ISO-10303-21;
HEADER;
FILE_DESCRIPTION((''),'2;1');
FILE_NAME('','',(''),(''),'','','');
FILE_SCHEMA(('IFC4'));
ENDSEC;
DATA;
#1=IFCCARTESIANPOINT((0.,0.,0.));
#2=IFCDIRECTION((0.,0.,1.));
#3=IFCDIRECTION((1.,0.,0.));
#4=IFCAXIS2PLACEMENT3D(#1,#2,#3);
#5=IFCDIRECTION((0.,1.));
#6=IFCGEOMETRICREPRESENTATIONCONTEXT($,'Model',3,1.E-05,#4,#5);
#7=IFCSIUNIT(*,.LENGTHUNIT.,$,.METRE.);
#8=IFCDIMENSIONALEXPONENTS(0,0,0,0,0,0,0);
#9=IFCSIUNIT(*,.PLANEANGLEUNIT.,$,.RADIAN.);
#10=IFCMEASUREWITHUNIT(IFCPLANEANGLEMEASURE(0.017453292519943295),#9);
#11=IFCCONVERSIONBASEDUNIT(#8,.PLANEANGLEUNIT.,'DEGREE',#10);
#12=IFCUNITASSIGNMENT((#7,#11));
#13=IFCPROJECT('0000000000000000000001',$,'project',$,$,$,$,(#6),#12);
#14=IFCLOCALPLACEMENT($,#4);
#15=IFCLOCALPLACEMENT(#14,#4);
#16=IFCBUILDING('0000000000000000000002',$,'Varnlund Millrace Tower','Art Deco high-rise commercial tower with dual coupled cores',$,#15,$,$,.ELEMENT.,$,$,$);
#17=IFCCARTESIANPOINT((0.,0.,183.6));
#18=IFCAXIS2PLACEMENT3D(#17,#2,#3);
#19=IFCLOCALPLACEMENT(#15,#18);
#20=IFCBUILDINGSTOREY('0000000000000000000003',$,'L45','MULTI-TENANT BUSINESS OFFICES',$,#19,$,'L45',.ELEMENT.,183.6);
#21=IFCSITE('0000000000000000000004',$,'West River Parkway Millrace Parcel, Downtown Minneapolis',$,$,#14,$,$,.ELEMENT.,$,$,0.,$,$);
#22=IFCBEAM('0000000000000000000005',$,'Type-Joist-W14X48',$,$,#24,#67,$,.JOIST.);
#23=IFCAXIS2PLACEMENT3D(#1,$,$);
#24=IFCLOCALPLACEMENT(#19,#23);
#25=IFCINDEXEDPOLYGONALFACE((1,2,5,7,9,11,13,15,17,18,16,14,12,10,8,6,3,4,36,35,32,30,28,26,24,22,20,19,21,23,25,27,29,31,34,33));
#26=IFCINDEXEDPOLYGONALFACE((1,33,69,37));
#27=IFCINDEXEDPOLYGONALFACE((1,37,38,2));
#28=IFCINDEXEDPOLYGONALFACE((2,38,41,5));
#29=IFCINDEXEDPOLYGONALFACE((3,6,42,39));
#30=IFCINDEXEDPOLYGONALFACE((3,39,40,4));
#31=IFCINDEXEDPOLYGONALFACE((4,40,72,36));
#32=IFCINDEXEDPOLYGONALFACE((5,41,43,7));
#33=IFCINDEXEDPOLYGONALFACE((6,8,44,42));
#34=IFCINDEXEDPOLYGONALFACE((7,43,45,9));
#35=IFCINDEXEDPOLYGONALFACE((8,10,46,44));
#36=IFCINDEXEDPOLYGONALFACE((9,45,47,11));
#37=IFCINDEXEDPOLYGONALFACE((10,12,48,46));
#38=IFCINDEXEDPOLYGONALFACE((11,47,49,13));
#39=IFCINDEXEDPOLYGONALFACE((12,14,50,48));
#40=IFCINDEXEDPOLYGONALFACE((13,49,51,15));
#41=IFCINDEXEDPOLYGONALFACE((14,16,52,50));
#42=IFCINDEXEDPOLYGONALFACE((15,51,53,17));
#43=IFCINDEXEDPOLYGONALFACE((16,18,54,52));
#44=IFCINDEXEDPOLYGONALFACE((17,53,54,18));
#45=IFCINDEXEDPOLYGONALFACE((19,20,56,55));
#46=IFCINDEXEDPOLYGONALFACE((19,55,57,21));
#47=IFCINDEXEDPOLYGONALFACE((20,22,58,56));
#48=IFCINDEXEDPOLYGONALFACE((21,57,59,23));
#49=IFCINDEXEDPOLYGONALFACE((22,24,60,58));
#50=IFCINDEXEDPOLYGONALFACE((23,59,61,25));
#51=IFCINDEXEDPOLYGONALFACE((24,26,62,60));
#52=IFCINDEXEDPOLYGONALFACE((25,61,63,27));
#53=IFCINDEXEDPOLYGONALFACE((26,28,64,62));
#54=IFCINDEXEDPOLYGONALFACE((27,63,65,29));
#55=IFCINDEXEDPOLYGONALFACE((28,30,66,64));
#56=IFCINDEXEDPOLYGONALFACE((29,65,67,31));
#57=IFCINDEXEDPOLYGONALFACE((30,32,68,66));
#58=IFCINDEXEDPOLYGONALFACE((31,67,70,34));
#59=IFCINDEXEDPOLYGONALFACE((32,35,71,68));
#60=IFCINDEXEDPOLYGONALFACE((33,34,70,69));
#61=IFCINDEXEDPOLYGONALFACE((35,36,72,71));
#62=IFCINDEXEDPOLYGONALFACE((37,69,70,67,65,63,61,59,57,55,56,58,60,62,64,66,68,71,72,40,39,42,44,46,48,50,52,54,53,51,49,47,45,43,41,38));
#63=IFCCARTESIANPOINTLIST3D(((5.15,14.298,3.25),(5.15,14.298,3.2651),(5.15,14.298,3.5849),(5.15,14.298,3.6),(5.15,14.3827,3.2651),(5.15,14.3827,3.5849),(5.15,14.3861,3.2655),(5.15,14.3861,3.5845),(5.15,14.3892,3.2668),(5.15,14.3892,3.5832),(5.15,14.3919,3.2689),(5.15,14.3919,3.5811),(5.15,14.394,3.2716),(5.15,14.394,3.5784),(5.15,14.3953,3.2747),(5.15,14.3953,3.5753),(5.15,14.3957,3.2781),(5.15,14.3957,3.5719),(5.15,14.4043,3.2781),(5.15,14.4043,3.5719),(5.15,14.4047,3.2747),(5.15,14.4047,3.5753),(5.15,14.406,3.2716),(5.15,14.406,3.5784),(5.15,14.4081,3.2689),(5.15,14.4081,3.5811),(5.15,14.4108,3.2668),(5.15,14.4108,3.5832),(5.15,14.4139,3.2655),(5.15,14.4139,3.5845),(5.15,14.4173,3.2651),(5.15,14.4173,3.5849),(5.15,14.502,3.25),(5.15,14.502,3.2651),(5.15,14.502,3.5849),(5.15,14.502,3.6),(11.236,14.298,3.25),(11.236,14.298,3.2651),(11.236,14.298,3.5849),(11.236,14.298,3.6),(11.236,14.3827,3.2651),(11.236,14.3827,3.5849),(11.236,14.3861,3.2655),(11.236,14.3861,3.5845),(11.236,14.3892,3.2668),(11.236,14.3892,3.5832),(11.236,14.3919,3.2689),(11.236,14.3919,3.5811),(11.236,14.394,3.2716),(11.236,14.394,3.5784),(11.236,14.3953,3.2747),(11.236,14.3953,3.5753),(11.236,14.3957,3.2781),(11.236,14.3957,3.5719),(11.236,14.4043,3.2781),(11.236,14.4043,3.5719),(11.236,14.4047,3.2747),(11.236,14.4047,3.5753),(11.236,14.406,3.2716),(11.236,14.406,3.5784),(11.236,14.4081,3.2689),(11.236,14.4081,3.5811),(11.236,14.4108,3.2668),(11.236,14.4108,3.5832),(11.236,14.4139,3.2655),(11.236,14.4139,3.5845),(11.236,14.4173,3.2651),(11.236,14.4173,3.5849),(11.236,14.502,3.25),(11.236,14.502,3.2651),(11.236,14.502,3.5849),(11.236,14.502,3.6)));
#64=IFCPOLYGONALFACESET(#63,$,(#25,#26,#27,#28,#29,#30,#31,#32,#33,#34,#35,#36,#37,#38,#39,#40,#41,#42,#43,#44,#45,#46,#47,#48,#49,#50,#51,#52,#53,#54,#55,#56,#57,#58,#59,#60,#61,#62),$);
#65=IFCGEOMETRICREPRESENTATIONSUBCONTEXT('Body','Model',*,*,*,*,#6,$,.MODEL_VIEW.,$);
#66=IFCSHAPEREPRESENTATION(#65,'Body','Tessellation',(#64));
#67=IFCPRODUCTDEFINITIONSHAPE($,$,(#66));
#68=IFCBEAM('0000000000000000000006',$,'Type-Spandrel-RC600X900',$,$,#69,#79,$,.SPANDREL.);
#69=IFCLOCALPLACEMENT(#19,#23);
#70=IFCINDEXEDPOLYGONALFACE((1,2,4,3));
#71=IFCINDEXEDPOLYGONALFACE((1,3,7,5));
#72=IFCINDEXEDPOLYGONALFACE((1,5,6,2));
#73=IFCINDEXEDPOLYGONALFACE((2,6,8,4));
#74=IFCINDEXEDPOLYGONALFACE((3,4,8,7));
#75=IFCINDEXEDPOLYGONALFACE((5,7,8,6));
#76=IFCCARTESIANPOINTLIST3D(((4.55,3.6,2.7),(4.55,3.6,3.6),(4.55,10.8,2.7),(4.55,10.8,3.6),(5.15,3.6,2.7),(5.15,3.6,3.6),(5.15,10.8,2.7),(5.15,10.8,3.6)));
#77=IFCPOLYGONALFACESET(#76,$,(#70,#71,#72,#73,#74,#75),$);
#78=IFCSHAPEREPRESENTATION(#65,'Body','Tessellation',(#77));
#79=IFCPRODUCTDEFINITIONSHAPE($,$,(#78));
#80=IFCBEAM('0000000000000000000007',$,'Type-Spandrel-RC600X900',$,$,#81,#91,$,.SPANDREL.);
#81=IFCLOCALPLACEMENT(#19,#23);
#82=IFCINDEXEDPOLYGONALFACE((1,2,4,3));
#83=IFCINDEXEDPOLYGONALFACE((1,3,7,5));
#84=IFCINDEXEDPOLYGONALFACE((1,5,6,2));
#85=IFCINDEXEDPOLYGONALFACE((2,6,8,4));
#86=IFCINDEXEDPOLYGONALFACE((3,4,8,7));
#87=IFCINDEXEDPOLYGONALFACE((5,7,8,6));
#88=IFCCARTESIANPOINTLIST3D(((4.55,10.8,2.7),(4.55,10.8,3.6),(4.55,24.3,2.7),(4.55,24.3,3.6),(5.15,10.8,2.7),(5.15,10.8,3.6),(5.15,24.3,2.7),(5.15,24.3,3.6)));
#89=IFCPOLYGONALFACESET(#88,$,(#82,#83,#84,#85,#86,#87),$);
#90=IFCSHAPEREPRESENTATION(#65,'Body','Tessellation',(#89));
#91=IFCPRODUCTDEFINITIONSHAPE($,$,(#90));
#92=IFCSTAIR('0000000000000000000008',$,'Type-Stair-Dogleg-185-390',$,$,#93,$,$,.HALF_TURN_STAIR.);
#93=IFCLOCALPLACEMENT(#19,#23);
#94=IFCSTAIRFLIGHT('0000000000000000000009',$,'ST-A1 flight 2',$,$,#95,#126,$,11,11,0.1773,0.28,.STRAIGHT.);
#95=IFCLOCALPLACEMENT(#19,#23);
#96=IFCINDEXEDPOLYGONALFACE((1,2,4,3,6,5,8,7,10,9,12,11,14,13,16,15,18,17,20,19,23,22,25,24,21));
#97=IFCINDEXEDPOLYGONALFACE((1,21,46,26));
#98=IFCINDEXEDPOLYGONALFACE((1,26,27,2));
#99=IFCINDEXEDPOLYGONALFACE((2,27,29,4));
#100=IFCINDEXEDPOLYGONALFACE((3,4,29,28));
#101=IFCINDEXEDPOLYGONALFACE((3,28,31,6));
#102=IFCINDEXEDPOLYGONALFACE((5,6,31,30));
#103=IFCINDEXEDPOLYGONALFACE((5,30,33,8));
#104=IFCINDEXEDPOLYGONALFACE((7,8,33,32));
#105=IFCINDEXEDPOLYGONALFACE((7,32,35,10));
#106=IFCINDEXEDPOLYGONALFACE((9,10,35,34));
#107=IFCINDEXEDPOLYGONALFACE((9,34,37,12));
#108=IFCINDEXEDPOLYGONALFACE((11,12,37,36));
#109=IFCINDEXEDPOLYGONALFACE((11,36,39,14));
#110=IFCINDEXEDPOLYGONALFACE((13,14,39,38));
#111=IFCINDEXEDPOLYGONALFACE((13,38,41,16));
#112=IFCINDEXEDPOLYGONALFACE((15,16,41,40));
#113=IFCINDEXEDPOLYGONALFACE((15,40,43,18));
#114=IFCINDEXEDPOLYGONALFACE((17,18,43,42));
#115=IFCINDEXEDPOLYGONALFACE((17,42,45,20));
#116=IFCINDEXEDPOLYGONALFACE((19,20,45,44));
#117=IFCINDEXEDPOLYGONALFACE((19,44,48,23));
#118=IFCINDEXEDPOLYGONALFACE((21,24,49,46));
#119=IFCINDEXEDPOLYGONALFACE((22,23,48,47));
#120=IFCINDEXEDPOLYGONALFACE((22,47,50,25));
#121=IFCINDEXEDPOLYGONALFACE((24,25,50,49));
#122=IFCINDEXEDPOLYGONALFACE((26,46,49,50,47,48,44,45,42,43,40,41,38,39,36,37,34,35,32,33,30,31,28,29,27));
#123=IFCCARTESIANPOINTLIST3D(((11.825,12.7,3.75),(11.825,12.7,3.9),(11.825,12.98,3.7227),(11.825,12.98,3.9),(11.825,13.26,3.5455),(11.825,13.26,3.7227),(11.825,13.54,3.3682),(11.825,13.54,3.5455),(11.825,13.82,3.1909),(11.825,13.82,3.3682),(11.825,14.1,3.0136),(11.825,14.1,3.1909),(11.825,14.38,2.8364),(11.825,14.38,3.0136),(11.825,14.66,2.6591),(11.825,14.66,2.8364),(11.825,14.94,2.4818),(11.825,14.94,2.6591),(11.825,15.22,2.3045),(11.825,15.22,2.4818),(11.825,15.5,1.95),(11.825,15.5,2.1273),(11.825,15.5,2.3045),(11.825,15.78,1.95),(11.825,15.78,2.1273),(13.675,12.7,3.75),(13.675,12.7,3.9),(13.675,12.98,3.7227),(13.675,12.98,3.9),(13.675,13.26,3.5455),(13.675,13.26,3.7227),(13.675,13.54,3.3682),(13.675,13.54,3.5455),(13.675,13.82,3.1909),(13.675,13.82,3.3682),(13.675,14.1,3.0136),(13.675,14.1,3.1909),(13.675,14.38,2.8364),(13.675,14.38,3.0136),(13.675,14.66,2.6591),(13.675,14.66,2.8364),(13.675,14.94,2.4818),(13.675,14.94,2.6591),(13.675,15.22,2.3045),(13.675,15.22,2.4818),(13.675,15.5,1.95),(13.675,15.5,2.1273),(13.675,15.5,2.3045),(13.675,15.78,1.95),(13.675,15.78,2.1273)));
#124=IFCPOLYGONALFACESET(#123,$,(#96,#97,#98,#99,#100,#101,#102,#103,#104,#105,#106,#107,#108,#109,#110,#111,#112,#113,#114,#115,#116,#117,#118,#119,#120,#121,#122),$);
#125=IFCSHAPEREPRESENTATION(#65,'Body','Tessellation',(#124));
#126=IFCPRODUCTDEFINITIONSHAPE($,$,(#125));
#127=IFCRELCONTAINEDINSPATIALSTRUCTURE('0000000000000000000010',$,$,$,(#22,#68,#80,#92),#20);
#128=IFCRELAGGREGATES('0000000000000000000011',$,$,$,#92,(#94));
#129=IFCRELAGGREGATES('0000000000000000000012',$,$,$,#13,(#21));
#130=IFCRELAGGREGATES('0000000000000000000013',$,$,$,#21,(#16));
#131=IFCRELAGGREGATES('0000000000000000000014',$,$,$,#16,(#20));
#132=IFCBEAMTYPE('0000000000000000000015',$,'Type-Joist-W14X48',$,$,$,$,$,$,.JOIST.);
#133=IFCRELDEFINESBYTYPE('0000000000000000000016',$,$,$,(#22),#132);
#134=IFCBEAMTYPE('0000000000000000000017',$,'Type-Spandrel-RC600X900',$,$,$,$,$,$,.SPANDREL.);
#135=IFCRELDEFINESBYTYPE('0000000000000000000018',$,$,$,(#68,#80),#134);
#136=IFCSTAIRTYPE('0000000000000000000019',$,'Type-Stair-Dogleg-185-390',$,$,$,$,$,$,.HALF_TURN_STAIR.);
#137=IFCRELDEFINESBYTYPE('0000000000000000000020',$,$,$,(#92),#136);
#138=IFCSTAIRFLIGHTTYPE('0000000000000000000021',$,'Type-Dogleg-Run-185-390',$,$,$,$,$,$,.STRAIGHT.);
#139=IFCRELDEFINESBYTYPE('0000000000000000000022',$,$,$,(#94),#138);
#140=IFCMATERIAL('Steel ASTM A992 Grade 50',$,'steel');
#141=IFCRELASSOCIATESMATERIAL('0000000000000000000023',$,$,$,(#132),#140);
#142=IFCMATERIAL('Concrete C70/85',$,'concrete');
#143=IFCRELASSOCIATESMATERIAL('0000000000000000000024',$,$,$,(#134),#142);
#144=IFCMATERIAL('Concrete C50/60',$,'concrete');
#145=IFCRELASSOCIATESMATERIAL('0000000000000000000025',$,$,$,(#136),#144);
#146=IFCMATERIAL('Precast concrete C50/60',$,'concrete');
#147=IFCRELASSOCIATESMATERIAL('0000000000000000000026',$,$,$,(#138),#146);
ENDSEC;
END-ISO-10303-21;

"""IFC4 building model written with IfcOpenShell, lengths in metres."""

from ifc_helpers import new_model, entity, si_unit, converted_unit, direction, frame, origin_with_axes, origin_2d_with_axis, place, context, subcontext, project, spatial, polyline, rectangle, i_section, outline, extrude, material, material_profile, profile_set, type_object, element, aggregate, save


model = new_model("IFC4")

# Units and contexts
model_context = context("Model", 3, precision=1e-05, world=origin_with_axes(), true_north=direction((0.0, 1.0)))
body_context = subcontext(model_context, "Body", "Model", "MODEL_VIEW")
ifc_project = project(units=[si_unit("LENGTHUNIT", "METRE"), converted_unit("PLANEANGLEUNIT", "DEGREE", entity("IfcPlaneAngleMeasure", 0.017453292519943295), si_unit("PLANEANGLEUNIT", "RADIAN"), dimensions=[0, 0, 0, 0, 0, 0, 0])], contexts=[model_context])

# Site, building, storey
site_placement = place(None, origin_with_axes())
site = spatial("IfcSite", under=ifc_project, at=site_placement, Name="West River Parkway Millrace Parcel, Downtown Minneapolis", CompositionType="ELEMENT", RefElevation=0.0)
building_placement = place(site_placement, origin_with_axes())
building = spatial("IfcBuilding", under=site, at=building_placement, Name="Varnlund Millrace Tower", Description="Art Deco high-rise commercial tower with dual coupled cores", CompositionType="ELEMENT")
storey_placement = place(building_placement, frame((0.0, 0.0, 183.6), z_axis=(0.0, 0.0, 1.0), x_axis=(1.0, 0.0, 0.0)))
storey = spatial("IfcBuildingStorey", under=building, at=storey_placement, Name="L45", Description="MULTI-TENANT BUSINESS OFFICES", LongName="L45", CompositionType="ELEMENT", Elevation=183.6)

# Beams
ifc_material_1 = material(Name="Steel ASTM A992 Grade 50", Category="steel")
ifc_material_profile_1 = material_profile(ifc_material_1, i_section(OverallWidth=0.204, OverallDepth=0.35, WebThickness=0.0086, FlangeThickness=0.0151, FilletRadius=0.013, at=origin_2d_with_axis()), Name="Steel ASTM A992 Grade 50")
ifc_profile_set_1 = profile_set([ifc_material_profile_1], Name="Steel ASTM A992 Grade 50")
beam_type_1 = type_object("IfcBeamType", Name="Type-Joist-W14X48", PredefinedType="JOIST", material=ifc_profile_set_1)
for number, where, z_axis, x_axis, name in (
    (1, (5.15, 14.4, 3.425), (1.0, 0.0, 0.0), (0.0, 1.0, 0.0), "Type-Joist-W14X48"),
):
    element("IfcBeam", number, at=place(storey_placement, frame(where, z_axis=z_axis, x_axis=x_axis)), inside=storey, type_object=beam_type_1, Name=name, PredefinedType="JOIST", context=body_context, shape_type="SweptSolid", body=[
        extrude(i_section(OverallWidth=0.204, OverallDepth=0.35, WebThickness=0.0086, FlangeThickness=0.0151, FilletRadius=0.013, at=origin_2d_with_axis()), origin_with_axes(), (0.0, 0.0, 1.0), 6.086),
    ])
ifc_material_2 = material(Name="Concrete C70/85", Category="concrete")
ifc_material_profile_2 = material_profile(ifc_material_2, rectangle(XDim=0.6, YDim=0.9, at=origin_2d_with_axis()), Name="Concrete C70/85")
ifc_profile_set_2 = profile_set([ifc_material_profile_2], Name="Concrete C70/85")
beam_type_2 = type_object("IfcBeamType", Name="Type-Spandrel-RC600X900", PredefinedType="SPANDREL", material=ifc_profile_set_2)
beam_1_placement = place(storey_placement, frame((4.85, 3.6, 3.15), z_axis=(0.0, 1.0, 0.0), x_axis=(-1.0, 0.0, 0.0)))
element("IfcBeam", 2, at=beam_1_placement, inside=storey, type_object=beam_type_2, Name="Type-Spandrel-RC600X900", PredefinedType="SPANDREL", context=body_context, shape_type="SweptSolid", body=[
    extrude(rectangle(XDim=0.6, YDim=0.9, at=origin_2d_with_axis()), origin_with_axes(), (0.0, 0.0, 1.0), 7.2),
])
beam_2_placement = place(storey_placement, frame((4.85, 10.8, 3.15), z_axis=(0.0, 1.0, 0.0), x_axis=(-1.0, 0.0, 0.0)))
element("IfcBeam", 3, at=beam_2_placement, inside=storey, type_object=beam_type_2, Name="Type-Spandrel-RC600X900", PredefinedType="SPANDREL", context=body_context, shape_type="SweptSolid", body=[
    extrude(rectangle(XDim=0.6, YDim=0.9, at=origin_2d_with_axis()), origin_with_axes(), (0.0, 0.0, 1.0), 13.5),
])

# Stair, stair flight
ifc_material_3 = material(Name="Concrete C50/60", Category="concrete")
stair_type = type_object("IfcStairType", Name="Type-Stair-Dogleg-185-390", PredefinedType="HALF_TURN_STAIR", material=ifc_material_3)
stair_placement = place(storey_placement, origin_with_axes())
stair = element("IfcStair", 4, at=stair_placement, inside=storey, type_object=stair_type, Name="Type-Stair-Dogleg-185-390", PredefinedType="HALF_TURN_STAIR")
ifc_material_4 = material(Name="Precast concrete C50/60", Category="concrete")
stair_flight_type = type_object("IfcStairFlightType", Name="Type-Dogleg-Run-185-390", PredefinedType="STRAIGHT", material=ifc_material_4)
stair_flight_placement = place(storey_placement, frame((13.675, 15.78, 1.95), z_axis=(-1.0, 0.0, 0.0), x_axis=(0.0, -1.0, 0.0)))
stair_flight = element("IfcStairFlight", 5, at=stair_flight_placement, type_object=stair_flight_type, Name="ST-A1 flight 2", NumberOfRisers=11, NumberOfTreads=11, PredefinedType="STRAIGHT", RiserHeight=0.1773, TreadLength=0.28, context=body_context, shape_type="SweptSolid", body=[
    extrude(outline(polyline([(0.0, 0.0), (0.0, 0.1773), (0.28, 0.1773), (0.28, 0.3545), (0.56, 0.3545), (0.56, 0.5318), (0.84, 0.5318), (0.84, 0.7091), (1.12, 0.7091), (1.12, 0.8864), (1.4, 0.8864), (1.4, 1.0636), (1.68, 1.0636), (1.68, 1.2409), (1.96, 1.2409), (1.96, 1.4182), (2.24, 1.4182), (2.24, 1.5955), (2.52, 1.5955), (2.52, 1.7727), (2.8, 1.7727), (2.8, 1.95), (3.08, 1.95), (3.08, 1.8), (0.28, 0.0), (0.0, 0.0)])), origin_with_axes(), (0.0, 0.0, 1.0), 1.85),
])
aggregate(stair, [stair_flight])

save(model, "model.ifc")
